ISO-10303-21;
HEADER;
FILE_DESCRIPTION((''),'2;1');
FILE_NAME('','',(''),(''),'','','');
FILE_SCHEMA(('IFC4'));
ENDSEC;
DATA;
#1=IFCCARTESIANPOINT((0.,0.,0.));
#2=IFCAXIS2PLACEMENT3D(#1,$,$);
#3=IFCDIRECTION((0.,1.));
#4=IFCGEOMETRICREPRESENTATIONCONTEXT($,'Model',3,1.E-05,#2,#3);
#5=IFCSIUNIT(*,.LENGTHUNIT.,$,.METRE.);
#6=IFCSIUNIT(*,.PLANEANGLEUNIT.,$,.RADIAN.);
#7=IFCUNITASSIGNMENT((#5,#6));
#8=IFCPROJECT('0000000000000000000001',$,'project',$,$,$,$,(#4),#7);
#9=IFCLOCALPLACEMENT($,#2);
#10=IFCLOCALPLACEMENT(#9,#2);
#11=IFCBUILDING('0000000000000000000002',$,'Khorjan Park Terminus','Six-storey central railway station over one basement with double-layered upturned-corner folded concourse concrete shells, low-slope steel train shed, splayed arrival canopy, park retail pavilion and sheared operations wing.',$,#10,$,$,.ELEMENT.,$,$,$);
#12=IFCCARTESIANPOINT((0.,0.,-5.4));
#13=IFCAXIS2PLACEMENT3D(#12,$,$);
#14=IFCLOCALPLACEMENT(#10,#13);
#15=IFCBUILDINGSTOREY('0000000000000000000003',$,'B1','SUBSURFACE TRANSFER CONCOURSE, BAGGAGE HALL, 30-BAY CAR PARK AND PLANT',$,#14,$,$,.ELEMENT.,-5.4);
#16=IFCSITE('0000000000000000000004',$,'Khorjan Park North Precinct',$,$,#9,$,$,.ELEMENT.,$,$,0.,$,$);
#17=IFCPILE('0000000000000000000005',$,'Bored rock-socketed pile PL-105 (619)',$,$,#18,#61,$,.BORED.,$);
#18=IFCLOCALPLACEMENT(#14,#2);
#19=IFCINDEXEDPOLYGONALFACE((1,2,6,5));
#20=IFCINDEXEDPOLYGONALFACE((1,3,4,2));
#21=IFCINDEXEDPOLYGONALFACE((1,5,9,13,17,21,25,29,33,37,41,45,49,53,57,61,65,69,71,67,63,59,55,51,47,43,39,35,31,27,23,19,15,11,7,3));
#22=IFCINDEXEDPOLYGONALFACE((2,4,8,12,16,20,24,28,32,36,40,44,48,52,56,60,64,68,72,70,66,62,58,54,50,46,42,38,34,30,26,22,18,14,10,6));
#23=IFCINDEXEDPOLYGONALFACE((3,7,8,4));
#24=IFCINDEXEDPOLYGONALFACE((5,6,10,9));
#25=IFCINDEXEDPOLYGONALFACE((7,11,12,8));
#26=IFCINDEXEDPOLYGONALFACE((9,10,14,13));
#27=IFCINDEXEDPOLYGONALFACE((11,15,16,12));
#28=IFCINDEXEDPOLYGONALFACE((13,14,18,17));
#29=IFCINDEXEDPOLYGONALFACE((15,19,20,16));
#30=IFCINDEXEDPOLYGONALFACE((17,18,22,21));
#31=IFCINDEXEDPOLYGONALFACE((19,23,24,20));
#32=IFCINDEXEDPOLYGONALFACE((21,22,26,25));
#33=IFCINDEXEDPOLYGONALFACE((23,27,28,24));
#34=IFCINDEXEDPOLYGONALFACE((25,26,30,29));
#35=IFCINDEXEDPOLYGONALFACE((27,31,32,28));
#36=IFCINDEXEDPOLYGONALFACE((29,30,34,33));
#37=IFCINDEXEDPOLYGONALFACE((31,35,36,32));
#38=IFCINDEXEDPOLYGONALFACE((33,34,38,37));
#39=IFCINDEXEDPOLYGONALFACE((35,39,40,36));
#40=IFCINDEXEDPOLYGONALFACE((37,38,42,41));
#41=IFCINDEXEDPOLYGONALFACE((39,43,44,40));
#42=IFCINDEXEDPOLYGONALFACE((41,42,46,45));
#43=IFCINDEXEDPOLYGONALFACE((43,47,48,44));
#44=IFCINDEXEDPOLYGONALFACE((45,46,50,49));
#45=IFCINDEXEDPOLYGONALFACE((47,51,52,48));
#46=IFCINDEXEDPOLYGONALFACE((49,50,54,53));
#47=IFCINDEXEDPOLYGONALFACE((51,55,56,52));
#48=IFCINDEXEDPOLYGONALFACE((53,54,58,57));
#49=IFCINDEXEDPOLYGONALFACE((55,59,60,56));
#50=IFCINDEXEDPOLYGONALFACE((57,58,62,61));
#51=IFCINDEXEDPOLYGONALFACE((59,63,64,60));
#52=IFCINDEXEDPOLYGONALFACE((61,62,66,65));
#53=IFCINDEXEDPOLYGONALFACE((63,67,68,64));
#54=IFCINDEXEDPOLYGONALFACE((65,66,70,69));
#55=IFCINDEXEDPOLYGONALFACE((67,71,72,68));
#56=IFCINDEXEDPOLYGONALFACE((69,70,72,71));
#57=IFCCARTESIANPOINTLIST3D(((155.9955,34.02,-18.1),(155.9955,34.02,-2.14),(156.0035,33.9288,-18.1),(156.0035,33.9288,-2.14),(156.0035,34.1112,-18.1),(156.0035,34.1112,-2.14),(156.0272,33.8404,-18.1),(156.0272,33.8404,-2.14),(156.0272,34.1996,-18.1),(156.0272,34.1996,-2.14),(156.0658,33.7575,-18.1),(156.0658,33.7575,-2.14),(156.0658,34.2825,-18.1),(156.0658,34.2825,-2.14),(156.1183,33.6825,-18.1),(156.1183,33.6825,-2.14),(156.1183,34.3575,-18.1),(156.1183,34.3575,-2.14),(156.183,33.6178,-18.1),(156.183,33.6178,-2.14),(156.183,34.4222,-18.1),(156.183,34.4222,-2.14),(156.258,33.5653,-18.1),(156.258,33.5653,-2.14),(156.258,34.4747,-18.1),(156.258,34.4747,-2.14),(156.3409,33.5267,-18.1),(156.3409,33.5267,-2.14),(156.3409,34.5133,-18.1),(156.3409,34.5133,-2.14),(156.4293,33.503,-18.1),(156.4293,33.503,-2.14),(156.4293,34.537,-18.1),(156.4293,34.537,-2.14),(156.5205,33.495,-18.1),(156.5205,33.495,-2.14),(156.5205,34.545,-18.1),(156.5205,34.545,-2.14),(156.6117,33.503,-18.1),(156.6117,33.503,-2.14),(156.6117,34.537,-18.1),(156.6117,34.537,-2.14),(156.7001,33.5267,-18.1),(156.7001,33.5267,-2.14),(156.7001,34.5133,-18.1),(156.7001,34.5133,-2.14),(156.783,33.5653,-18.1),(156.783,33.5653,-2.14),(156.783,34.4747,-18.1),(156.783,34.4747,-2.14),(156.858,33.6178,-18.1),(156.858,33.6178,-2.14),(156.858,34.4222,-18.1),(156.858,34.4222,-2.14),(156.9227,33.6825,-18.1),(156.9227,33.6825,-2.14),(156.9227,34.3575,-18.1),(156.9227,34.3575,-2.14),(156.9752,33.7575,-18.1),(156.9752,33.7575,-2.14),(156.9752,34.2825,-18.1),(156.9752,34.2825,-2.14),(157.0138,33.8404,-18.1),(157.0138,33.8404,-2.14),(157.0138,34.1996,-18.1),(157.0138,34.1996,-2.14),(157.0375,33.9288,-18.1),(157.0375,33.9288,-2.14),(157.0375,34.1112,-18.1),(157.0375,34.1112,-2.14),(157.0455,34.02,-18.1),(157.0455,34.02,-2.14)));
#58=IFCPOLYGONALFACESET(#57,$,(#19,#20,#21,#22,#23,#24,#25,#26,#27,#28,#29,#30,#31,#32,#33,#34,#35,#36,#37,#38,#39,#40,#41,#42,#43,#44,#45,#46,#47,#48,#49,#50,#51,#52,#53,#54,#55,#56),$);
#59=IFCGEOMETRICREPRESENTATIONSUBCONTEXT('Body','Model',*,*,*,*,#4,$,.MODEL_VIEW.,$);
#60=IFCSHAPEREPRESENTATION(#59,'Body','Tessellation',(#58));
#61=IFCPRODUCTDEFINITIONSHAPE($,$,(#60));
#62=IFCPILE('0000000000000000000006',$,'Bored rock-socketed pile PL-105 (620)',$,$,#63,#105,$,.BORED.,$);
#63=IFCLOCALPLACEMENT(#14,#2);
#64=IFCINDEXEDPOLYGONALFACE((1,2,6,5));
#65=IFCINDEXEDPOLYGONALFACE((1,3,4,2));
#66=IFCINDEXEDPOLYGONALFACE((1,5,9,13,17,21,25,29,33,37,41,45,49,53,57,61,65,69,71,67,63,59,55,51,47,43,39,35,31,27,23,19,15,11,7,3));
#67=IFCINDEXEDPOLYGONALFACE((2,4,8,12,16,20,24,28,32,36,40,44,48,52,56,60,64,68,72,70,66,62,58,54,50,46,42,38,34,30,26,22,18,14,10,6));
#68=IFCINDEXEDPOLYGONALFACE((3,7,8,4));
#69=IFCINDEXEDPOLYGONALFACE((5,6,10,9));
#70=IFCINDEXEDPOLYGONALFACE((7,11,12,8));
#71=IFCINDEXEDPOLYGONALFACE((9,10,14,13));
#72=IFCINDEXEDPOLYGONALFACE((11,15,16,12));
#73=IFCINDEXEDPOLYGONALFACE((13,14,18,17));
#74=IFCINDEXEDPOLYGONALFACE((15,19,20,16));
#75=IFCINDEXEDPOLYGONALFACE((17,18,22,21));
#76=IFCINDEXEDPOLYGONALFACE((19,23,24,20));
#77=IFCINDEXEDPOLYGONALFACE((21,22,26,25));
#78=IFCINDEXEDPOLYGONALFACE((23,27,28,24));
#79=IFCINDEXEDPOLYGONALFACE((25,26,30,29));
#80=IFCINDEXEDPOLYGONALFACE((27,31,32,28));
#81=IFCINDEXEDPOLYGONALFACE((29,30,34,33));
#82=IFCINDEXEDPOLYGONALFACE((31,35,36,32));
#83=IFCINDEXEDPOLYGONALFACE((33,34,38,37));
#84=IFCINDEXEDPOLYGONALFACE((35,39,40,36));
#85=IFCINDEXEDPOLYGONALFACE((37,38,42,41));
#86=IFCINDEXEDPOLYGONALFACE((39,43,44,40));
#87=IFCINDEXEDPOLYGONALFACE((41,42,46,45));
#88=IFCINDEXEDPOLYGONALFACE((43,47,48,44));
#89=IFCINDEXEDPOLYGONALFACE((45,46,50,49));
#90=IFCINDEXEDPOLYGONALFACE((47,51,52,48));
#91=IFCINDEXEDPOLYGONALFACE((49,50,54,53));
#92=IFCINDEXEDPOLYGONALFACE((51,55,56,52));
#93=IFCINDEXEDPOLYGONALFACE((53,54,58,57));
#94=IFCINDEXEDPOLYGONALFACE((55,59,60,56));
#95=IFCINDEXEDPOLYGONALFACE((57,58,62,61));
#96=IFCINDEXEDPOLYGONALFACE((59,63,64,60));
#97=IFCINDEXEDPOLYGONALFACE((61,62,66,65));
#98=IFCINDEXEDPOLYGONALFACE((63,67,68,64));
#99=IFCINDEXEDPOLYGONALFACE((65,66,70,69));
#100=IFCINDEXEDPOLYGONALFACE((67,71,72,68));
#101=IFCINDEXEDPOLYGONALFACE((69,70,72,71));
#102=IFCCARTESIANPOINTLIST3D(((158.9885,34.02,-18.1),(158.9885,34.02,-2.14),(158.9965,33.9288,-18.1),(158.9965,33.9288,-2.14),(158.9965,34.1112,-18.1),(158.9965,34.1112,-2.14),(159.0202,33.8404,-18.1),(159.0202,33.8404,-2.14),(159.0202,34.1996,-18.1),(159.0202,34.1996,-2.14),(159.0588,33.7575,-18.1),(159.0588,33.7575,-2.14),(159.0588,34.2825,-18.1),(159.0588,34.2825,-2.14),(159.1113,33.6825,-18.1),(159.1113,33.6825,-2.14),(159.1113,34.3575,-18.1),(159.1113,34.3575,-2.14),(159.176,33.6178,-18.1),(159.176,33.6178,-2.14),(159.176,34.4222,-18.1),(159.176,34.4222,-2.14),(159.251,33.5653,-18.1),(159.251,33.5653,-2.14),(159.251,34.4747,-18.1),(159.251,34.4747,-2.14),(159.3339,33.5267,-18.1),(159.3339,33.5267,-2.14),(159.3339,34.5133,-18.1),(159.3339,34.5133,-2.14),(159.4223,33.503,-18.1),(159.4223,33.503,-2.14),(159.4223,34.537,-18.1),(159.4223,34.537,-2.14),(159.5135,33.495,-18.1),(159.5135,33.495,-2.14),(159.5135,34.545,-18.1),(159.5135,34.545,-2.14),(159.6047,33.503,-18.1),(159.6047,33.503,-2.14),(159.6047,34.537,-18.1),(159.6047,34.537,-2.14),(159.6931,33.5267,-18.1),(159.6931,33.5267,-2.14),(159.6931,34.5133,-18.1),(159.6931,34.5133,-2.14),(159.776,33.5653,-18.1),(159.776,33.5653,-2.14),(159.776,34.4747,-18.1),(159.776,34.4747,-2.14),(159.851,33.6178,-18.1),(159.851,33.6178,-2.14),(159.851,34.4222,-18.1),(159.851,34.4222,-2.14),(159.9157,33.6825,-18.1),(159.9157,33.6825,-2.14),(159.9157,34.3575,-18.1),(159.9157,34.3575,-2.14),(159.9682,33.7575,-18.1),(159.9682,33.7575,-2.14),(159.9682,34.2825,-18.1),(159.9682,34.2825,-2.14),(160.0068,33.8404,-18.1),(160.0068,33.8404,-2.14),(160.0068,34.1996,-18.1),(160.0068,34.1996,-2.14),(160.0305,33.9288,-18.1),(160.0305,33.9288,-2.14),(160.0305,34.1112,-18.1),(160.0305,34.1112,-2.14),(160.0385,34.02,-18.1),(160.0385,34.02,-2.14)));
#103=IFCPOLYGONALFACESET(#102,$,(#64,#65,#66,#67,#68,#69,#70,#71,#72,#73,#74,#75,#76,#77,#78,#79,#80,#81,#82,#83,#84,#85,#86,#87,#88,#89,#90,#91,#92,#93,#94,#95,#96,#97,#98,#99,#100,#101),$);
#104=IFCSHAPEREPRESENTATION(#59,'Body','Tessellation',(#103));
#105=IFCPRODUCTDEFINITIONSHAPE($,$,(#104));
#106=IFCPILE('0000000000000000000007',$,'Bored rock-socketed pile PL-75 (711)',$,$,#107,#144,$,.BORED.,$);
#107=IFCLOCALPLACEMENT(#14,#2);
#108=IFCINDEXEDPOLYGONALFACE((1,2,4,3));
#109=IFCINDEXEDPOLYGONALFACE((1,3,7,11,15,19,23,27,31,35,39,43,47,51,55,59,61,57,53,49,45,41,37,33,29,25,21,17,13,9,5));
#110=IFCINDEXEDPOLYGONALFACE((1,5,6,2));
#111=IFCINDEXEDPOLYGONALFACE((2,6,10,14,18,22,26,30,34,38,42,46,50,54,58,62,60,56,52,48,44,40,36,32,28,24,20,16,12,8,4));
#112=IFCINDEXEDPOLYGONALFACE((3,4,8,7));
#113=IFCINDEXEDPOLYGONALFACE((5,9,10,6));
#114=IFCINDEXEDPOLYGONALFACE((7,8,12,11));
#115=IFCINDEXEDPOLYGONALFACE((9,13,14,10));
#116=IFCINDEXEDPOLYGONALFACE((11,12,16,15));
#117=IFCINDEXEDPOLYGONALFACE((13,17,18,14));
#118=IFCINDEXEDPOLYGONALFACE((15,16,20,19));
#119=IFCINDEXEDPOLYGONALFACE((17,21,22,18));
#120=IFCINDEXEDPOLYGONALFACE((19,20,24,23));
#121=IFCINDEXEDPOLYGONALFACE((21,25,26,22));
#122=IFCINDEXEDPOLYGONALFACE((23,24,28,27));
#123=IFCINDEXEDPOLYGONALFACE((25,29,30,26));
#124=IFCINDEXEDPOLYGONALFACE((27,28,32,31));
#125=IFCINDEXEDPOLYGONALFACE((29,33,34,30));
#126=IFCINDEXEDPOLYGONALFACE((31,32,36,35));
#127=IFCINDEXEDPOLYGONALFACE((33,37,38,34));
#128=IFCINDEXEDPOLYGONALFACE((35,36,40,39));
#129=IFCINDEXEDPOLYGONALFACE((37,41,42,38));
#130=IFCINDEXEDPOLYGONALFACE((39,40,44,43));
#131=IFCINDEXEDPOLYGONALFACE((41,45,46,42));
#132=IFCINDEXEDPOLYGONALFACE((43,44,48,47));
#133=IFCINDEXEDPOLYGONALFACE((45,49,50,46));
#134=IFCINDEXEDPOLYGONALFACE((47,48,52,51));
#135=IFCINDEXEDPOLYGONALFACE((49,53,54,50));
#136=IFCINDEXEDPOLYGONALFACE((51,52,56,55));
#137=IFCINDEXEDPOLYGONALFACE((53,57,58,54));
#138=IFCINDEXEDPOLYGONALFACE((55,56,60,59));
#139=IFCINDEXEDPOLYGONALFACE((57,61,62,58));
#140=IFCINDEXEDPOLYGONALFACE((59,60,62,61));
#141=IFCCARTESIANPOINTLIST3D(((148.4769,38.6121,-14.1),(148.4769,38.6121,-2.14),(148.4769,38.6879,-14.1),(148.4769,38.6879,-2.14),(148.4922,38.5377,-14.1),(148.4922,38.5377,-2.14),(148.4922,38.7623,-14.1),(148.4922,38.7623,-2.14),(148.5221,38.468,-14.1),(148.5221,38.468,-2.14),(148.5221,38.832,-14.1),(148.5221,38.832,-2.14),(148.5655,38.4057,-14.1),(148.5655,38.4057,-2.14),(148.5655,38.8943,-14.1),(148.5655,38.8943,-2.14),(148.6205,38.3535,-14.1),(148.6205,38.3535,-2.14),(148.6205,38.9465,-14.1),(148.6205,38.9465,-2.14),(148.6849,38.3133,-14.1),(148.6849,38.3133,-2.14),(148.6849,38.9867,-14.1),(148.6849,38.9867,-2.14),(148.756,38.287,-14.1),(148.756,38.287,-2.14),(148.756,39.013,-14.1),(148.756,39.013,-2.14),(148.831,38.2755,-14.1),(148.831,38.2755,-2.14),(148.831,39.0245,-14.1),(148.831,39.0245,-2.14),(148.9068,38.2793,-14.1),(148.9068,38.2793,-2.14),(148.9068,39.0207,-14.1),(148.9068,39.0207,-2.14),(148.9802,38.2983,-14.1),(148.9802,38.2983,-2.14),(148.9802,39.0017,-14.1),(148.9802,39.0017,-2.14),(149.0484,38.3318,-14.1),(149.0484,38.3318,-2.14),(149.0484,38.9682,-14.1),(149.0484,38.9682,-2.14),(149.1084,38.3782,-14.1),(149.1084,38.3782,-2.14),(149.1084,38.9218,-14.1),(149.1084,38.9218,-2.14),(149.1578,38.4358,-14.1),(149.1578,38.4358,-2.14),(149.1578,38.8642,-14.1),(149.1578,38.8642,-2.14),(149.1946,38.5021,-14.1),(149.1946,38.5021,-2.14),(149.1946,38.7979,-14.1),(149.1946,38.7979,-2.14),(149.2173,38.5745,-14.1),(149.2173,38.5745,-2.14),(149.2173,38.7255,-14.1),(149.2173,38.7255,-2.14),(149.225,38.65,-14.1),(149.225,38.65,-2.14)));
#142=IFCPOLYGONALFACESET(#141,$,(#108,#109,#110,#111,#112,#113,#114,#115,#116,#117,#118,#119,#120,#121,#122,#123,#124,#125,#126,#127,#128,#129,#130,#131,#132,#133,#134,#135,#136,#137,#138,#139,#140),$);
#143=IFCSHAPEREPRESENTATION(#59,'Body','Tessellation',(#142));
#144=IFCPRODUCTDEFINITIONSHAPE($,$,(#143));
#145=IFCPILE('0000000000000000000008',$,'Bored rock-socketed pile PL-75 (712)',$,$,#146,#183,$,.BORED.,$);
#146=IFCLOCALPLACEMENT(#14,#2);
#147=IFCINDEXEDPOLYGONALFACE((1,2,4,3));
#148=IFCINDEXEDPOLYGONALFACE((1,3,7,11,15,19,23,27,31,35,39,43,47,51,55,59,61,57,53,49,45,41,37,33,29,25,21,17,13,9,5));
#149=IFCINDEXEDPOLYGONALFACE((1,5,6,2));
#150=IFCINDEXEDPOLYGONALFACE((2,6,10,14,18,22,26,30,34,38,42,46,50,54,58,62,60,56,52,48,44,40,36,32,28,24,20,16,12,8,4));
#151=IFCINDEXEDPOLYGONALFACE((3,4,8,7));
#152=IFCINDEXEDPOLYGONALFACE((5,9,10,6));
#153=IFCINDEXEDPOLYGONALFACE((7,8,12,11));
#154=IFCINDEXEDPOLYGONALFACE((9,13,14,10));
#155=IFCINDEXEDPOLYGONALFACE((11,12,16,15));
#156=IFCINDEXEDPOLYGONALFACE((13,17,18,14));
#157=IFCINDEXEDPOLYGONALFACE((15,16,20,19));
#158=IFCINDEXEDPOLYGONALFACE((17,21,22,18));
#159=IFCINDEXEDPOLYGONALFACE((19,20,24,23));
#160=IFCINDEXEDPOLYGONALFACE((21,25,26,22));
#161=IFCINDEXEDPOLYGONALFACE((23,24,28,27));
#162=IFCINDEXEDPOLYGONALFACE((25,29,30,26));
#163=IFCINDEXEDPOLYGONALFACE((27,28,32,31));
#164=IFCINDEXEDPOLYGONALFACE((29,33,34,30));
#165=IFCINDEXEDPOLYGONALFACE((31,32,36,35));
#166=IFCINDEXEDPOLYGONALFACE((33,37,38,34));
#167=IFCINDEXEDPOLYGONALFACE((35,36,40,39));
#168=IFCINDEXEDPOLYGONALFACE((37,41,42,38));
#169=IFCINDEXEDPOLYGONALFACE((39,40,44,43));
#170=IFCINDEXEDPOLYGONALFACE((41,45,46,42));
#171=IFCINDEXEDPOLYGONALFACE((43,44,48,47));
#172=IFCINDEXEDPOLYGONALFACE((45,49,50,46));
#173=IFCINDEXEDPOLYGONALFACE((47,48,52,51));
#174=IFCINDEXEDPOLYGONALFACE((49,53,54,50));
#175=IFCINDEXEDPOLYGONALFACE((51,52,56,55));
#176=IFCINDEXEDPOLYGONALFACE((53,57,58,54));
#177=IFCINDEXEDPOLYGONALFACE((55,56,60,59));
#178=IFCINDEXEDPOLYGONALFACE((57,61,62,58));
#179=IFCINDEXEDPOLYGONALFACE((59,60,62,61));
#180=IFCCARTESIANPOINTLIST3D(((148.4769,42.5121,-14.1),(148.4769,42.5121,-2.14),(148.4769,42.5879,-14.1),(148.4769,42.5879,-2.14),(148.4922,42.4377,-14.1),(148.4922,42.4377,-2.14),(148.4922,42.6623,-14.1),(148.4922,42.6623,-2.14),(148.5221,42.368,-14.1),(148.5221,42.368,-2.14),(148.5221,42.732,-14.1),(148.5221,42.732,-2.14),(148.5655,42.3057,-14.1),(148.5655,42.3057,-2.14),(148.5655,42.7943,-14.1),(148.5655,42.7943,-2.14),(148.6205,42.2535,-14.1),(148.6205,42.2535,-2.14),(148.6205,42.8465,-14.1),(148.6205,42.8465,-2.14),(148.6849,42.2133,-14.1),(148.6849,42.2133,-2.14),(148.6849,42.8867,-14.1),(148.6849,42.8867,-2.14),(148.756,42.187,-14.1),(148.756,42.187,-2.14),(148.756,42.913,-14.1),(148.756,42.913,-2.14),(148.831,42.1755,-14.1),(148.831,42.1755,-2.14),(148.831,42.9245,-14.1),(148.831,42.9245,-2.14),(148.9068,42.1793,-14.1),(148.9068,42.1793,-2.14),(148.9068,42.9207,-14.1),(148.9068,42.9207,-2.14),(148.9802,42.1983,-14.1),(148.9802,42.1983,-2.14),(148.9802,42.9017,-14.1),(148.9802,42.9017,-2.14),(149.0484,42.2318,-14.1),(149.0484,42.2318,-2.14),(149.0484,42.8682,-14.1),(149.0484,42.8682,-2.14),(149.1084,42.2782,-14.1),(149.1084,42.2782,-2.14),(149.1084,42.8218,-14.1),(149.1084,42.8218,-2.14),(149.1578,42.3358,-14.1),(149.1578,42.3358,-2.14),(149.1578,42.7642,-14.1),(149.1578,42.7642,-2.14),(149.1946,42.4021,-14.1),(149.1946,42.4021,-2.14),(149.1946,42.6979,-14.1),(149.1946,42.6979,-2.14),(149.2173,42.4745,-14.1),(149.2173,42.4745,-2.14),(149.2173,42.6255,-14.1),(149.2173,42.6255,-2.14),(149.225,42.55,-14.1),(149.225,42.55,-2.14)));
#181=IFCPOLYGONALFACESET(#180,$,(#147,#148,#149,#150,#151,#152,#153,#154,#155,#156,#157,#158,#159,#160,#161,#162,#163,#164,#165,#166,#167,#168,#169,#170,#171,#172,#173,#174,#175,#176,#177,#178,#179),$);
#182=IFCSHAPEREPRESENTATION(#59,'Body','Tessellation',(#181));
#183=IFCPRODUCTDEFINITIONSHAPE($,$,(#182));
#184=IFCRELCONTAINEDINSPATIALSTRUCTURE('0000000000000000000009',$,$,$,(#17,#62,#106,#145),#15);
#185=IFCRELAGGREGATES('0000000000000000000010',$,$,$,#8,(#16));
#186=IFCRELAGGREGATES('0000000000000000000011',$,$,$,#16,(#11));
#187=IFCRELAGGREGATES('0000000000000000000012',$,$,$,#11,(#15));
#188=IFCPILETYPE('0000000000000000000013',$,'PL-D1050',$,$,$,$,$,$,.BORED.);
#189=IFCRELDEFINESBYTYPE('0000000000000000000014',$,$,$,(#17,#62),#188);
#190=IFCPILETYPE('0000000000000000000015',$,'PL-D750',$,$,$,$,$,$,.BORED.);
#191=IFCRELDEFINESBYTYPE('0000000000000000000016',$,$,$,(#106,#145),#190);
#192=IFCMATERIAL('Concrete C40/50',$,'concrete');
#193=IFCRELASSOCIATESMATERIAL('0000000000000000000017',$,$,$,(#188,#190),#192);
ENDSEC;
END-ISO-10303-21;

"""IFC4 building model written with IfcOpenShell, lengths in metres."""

from ifc_helpers import new_model, si_unit, direction, frame, origin, origin_2d, place, context, subcontext, project, spatial, circle, extrude, material, material_profile, profile_set, type_object, element, save


model = new_model("IFC4")

# Units and contexts
model_context = context("Model", 3, precision=1e-05, world=origin(), true_north=direction((0.0, 1.0)))
body_context = subcontext(model_context, "Body", "Model", "MODEL_VIEW")
ifc_project = project(units=[si_unit("LENGTHUNIT", "METRE"), si_unit("PLANEANGLEUNIT", "RADIAN")], contexts=[model_context])

# Site, building, storey
site_placement = place(None, origin())
site = spatial("IfcSite", under=ifc_project, at=site_placement, Name="Khorjan Park North Precinct", CompositionType="ELEMENT", RefElevation=0.0)
building_placement = place(site_placement, origin())
building = spatial("IfcBuilding", under=site, at=building_placement, Name="Khorjan Park Terminus", Description="Six-storey central railway station over one basement with double-layered upturned-corner folded concourse concrete shells, low-slope steel train shed, splayed arrival canopy, park retail pavilion and sheared operations wing.", CompositionType="ELEMENT")
storey_placement = place(building_placement, frame((0.0, 0.0, -5.4)))
storey = spatial("IfcBuildingStorey", under=building, at=storey_placement, Name="B1", Description="SUBSURFACE TRANSFER CONCOURSE, BAGGAGE HALL, 30-BAY CAR PARK AND PLANT", CompositionType="ELEMENT", Elevation=-5.4)

# Piles
ifc_material_1 = material(Name="Concrete C40/50", Category="concrete")
ifc_material_profile_1 = material_profile(ifc_material_1, circle(Radius=0.525, at=origin_2d()), Name="BORED D1050")
ifc_profile_set_1 = profile_set([ifc_material_profile_1], Name="Concrete C40/50")
pile_type_1 = type_object("IfcPileType", Name="PL-D1050", PredefinedType="BORED", material=ifc_profile_set_1)
for number, where, z_axis, x_axis, name in (
    (1, (156.5205, 34.02, -2.14), (0.0, 0.0, -1.0), (1.0, 0.0, 0.0), "Bored rock-socketed pile PL-105 (619)"),
    (2, (159.5135, 34.02, -2.14), (0.0, 0.0, -1.0), (1.0, 0.0, 0.0), "Bored rock-socketed pile PL-105 (620)"),
):
    element("IfcPile", number, at=place(storey_placement, frame(where, z_axis=z_axis, x_axis=x_axis)), inside=storey, type_object=pile_type_1, Name=name, PredefinedType="BORED", context=body_context, shape_type="SweptSolid", body=[
        extrude(circle(Radius=0.525, at=origin_2d()), origin(), (0.0, 0.0, 1.0), 15.96),
    ])
ifc_material_profile_2 = material_profile(ifc_material_1, circle(Radius=0.375, at=origin_2d()), Name="BORED D750")
ifc_profile_set_2 = profile_set([ifc_material_profile_2], Name="Concrete C40/50")
pile_type_2 = type_object("IfcPileType", Name="PL-D750", PredefinedType="BORED", material=ifc_profile_set_2)
for number, where, z_axis, x_axis, name in (
    (3, (148.85, 38.65, -2.14), (0.0, 0.0, -1.0), (1.0, 0.0, 0.0), "Bored rock-socketed pile PL-75 (711)"),
    (4, (148.85, 42.55, -2.14), (0.0, 0.0, -1.0), (1.0, 0.0, 0.0), "Bored rock-socketed pile PL-75 (712)"),
):
    element("IfcPile", number, at=place(storey_placement, frame(where, z_axis=z_axis, x_axis=x_axis)), inside=storey, type_object=pile_type_2, Name=name, PredefinedType="BORED", context=body_context, shape_type="SweptSolid", body=[
        extrude(circle(Radius=0.375, at=origin_2d()), origin(), (0.0, 0.0, 1.0), 11.96),
    ])

save(model, "model.ifc")
